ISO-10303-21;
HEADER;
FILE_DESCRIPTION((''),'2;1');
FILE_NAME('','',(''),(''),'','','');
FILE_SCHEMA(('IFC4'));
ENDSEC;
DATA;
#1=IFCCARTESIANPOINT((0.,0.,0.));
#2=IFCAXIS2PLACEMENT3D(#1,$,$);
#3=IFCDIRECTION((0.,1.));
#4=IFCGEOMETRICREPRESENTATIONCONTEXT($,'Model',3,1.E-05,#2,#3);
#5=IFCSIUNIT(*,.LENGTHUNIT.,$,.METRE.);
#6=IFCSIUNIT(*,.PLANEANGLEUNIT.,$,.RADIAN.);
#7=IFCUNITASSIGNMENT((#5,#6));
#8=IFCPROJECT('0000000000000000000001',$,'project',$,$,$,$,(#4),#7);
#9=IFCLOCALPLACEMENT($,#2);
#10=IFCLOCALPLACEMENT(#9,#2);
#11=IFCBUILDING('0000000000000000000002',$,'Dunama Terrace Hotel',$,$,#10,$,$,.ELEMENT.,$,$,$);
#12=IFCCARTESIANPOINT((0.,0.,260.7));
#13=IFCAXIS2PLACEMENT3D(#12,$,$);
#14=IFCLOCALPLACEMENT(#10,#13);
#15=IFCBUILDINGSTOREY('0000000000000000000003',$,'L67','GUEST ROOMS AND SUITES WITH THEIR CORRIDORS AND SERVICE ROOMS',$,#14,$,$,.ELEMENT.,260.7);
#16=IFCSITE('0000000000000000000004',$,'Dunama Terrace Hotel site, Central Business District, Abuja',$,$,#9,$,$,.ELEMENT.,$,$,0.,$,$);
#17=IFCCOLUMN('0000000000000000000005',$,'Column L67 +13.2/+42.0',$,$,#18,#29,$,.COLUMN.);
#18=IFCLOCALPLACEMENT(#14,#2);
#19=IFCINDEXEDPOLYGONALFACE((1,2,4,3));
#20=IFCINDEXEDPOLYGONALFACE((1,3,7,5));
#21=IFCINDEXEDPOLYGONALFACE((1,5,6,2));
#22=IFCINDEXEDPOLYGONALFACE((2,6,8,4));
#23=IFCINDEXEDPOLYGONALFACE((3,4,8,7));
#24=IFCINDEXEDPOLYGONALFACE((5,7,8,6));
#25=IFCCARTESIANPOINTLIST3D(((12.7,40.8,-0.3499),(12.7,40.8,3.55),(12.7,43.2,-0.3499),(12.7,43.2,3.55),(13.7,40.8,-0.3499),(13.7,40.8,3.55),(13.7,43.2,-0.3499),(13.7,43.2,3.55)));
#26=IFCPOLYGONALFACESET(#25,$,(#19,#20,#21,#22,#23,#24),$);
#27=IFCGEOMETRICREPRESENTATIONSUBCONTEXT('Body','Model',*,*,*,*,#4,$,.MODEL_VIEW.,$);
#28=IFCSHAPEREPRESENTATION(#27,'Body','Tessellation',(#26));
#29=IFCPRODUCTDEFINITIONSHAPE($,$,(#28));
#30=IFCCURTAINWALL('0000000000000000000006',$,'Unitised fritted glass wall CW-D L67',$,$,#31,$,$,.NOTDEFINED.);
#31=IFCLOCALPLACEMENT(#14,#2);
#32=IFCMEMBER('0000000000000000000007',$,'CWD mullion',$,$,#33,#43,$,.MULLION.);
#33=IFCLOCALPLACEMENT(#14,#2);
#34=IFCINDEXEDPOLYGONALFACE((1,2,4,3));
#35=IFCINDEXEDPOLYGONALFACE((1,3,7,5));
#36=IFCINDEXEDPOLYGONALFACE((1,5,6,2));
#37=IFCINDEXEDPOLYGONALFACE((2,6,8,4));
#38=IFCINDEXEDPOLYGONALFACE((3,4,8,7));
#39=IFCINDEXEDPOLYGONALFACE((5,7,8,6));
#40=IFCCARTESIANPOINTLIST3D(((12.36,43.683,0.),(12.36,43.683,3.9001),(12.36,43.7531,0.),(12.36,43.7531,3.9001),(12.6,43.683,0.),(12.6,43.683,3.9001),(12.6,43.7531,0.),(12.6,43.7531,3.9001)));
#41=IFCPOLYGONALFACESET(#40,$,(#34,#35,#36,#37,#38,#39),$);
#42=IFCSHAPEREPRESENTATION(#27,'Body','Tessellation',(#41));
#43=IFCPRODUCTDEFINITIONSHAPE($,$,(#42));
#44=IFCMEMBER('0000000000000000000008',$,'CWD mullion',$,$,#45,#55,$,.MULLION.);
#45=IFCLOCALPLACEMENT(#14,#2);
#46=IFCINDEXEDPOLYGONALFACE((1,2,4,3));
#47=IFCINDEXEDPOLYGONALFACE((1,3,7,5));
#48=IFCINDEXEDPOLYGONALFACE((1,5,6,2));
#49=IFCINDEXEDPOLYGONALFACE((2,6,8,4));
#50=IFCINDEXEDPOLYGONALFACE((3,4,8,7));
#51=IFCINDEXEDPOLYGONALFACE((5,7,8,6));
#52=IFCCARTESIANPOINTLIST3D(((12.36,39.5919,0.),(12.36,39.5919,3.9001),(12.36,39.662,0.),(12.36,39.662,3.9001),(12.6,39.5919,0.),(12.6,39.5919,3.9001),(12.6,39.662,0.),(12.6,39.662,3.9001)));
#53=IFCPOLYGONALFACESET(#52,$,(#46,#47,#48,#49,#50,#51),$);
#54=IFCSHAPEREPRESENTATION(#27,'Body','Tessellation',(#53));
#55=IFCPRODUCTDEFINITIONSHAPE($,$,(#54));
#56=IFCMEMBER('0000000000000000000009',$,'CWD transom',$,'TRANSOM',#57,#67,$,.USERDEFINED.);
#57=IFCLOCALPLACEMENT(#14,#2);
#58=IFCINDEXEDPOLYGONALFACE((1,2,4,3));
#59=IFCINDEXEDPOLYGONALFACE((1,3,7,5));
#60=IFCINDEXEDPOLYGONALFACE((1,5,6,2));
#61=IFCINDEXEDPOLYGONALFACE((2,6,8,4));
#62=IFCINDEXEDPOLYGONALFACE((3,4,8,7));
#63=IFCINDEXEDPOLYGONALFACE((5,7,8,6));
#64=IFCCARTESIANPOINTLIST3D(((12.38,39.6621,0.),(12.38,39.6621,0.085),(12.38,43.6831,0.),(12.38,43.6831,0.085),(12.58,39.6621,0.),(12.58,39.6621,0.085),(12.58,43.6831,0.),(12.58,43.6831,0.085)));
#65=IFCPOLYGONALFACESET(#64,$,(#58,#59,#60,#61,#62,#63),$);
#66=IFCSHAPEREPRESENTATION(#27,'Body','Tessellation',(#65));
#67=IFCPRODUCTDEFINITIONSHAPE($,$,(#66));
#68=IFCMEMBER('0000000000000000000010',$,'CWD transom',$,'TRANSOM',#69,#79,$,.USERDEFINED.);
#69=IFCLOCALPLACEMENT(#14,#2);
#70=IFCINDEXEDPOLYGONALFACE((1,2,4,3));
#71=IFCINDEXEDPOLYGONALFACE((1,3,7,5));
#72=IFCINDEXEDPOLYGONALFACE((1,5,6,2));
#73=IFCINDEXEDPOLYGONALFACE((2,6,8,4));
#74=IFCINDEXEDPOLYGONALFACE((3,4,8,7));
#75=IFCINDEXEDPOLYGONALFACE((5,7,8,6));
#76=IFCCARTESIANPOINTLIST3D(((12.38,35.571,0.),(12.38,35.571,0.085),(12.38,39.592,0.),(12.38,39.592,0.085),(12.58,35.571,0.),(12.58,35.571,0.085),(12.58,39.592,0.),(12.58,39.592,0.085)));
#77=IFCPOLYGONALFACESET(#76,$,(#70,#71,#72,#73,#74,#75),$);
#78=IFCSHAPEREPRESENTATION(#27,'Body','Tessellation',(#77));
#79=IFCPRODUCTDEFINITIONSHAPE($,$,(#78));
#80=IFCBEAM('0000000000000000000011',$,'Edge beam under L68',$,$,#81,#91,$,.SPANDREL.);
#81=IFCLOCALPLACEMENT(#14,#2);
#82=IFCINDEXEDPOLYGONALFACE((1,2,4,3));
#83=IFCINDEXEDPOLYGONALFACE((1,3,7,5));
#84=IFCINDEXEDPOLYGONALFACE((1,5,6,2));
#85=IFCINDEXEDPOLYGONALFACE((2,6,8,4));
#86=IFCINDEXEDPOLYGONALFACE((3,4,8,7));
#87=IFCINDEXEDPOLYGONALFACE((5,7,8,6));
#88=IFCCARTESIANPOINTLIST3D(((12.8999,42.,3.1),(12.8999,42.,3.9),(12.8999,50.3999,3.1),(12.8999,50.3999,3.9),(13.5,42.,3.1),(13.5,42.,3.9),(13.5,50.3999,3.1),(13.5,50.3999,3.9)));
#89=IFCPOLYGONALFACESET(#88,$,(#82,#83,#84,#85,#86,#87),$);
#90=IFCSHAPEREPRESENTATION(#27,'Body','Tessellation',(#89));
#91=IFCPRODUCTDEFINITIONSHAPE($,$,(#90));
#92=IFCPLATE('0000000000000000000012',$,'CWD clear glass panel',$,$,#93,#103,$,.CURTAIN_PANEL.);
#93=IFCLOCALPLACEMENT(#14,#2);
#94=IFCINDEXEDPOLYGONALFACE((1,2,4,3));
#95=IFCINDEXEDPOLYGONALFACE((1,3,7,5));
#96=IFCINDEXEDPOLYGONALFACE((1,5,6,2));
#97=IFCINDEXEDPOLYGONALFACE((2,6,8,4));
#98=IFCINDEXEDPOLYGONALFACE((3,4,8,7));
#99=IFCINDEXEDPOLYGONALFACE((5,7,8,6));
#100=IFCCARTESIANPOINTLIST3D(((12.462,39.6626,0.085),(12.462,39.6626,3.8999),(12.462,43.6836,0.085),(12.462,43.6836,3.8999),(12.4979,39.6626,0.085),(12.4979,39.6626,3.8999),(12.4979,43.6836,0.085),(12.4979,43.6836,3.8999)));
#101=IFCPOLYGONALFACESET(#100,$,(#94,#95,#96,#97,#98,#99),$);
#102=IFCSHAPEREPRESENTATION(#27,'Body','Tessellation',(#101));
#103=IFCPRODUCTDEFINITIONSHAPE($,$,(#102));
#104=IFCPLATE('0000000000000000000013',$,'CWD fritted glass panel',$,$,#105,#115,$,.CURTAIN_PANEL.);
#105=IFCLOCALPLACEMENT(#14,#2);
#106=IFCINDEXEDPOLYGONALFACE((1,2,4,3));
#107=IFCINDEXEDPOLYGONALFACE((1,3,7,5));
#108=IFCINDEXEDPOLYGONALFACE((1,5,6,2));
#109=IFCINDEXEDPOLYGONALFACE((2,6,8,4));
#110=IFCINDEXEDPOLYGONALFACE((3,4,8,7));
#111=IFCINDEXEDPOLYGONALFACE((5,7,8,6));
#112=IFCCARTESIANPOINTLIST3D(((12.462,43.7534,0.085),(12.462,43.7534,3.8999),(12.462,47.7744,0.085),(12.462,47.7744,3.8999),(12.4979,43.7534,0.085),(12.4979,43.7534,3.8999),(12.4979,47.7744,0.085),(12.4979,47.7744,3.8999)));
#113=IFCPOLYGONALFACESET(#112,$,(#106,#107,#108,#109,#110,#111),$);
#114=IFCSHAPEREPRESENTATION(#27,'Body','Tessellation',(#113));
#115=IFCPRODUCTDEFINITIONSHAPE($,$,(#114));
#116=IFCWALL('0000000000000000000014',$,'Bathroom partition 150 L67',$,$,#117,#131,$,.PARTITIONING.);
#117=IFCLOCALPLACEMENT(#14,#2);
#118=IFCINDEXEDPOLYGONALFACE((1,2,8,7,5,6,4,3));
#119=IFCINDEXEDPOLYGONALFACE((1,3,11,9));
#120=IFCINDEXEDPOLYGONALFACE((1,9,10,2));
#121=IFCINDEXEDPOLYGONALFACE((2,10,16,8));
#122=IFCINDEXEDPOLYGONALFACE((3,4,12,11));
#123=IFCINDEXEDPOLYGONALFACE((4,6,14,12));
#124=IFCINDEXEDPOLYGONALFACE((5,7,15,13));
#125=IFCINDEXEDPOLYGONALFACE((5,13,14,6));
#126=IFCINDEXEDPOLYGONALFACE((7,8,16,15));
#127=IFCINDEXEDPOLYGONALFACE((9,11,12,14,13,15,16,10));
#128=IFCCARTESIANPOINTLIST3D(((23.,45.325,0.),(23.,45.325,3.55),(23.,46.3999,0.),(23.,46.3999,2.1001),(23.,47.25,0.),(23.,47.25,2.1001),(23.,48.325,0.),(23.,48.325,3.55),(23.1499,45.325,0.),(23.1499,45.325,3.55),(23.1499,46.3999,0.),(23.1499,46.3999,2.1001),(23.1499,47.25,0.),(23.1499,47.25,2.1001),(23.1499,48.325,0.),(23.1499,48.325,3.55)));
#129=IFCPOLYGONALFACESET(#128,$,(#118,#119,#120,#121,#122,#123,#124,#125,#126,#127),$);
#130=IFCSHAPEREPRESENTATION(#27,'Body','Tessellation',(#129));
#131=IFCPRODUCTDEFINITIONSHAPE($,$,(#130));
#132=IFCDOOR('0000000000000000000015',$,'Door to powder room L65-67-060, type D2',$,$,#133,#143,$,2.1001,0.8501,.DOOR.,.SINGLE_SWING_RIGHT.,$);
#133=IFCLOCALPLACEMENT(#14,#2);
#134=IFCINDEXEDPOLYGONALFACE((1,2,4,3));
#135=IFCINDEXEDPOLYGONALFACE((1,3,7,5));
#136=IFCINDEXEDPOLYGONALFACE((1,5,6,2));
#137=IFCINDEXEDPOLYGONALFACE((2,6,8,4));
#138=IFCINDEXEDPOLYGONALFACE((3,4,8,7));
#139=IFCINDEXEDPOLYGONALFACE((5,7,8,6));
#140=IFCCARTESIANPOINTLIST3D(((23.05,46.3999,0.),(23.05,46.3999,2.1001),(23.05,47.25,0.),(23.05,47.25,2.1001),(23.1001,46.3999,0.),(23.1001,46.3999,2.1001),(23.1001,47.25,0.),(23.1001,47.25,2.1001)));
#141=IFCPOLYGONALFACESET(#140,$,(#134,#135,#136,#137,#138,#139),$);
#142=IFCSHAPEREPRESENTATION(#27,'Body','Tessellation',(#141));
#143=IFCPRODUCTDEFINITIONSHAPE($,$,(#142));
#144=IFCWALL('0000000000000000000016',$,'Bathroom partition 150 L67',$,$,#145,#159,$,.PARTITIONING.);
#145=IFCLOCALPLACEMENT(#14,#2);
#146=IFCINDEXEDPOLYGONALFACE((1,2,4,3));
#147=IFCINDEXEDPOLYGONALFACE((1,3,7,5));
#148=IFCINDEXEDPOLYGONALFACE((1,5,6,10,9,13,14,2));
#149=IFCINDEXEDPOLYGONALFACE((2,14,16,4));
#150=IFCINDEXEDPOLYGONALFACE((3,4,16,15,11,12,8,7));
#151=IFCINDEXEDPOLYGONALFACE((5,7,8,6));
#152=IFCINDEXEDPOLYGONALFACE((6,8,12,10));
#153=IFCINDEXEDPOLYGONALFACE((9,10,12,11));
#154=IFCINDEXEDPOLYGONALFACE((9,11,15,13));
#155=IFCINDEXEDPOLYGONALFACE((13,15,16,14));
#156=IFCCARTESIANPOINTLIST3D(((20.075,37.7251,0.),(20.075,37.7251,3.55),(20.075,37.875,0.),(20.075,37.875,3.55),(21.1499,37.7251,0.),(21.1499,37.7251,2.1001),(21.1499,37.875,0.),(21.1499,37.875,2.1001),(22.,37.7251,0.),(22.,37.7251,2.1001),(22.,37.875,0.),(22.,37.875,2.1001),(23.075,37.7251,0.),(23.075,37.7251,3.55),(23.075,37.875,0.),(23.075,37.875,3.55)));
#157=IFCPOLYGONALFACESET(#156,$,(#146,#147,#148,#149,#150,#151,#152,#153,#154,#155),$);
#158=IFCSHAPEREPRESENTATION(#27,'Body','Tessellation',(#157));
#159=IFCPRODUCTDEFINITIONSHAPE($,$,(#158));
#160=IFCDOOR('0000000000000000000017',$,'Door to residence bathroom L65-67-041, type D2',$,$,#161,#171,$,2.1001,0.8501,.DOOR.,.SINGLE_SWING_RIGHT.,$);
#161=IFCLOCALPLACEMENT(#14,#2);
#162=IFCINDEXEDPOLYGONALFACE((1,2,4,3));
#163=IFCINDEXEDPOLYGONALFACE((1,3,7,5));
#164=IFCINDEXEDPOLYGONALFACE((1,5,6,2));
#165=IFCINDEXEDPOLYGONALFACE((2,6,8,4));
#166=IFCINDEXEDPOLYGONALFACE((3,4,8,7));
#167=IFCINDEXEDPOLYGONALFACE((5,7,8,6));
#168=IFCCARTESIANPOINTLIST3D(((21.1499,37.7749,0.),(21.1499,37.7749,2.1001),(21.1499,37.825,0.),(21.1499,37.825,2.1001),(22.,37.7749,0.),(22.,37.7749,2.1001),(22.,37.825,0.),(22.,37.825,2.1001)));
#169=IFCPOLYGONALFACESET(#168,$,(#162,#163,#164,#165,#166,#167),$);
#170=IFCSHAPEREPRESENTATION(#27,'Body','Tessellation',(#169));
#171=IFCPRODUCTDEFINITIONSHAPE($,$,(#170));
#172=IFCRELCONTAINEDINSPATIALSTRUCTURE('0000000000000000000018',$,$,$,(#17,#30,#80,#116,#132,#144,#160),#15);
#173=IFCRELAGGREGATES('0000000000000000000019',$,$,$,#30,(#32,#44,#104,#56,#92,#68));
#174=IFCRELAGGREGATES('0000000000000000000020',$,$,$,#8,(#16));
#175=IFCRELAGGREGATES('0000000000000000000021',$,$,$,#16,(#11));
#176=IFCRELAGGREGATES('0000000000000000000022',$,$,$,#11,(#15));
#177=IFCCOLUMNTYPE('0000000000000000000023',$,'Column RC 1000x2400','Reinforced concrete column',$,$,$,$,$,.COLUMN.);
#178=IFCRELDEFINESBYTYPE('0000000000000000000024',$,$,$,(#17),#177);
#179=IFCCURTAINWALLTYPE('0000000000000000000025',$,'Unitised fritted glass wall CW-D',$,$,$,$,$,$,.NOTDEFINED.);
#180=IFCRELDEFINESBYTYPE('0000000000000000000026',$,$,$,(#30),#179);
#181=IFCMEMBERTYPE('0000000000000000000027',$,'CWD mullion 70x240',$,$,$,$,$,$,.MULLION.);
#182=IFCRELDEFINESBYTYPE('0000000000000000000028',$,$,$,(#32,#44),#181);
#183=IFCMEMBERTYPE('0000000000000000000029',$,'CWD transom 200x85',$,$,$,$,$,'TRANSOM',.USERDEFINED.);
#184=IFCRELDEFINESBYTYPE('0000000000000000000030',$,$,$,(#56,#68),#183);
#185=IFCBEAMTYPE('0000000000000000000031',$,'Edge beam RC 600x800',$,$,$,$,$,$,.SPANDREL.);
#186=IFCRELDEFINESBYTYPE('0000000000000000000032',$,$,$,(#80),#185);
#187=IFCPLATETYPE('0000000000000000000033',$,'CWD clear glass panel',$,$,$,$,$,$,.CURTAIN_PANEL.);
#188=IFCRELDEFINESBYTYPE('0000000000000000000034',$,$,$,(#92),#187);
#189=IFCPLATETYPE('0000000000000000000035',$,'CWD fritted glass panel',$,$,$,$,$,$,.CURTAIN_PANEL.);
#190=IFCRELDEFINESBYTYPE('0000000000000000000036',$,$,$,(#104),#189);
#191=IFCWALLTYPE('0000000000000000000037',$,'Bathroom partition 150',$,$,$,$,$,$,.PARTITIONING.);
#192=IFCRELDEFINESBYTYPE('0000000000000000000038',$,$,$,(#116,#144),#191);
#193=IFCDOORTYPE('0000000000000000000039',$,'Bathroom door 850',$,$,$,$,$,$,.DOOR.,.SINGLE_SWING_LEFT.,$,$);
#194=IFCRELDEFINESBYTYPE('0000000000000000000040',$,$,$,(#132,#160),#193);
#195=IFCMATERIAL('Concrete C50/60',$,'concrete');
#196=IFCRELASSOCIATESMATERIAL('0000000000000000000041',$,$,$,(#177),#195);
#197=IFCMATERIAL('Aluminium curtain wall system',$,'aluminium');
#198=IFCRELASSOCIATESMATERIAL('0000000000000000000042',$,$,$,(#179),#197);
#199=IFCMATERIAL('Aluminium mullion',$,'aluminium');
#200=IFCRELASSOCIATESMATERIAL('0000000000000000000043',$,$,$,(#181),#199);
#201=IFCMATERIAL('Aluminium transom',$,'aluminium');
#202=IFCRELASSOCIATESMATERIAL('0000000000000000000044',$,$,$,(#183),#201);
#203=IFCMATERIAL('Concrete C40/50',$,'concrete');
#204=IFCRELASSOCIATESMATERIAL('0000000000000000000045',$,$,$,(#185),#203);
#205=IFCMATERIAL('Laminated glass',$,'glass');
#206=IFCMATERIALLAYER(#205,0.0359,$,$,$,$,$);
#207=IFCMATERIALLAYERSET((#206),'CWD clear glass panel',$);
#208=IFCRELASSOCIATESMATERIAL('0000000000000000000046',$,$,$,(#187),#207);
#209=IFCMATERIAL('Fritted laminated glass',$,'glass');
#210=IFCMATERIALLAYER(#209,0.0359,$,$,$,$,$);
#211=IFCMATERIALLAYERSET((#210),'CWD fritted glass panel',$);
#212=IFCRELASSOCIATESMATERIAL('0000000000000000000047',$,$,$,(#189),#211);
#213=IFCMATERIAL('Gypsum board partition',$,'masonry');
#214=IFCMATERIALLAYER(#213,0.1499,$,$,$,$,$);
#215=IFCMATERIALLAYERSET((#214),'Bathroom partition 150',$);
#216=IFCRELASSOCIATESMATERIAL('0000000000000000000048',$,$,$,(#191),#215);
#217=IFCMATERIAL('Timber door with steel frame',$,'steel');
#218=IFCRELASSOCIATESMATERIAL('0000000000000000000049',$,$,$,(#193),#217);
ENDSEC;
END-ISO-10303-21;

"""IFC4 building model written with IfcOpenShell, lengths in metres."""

from ifc_helpers import new_model, si_unit, direction, frame, frame_2d, origin, origin_2d, place, context, subcontext, project, spatial, rectangle, extrude, material, layer, layer_set, material_profile, profile_set, type_object, element, fill, aggregate, save


model = new_model("IFC4")

# Units and contexts
model_context = context("Model", 3, precision=1e-05, world=origin(), true_north=direction((0.0, 1.0)))
body_context = subcontext(model_context, "Body", "Model", "MODEL_VIEW")
ifc_project = project(units=[si_unit("LENGTHUNIT", "METRE"), si_unit("PLANEANGLEUNIT", "RADIAN")], contexts=[model_context])

# Site, building, storey
site_placement = place(None, origin())
site = spatial("IfcSite", under=ifc_project, at=site_placement, Name="Dunama Terrace Hotel site, Central Business District, Abuja", CompositionType="ELEMENT", RefElevation=0.0)
building_placement = place(site_placement, origin())
building = spatial("IfcBuilding", under=site, at=building_placement, Name="Dunama Terrace Hotel", CompositionType="ELEMENT")
storey_placement = place(building_placement, frame((0.0, 0.0, 260.7)))
storey = spatial("IfcBuildingStorey", under=building, at=storey_placement, Name="L67", Description="GUEST ROOMS AND SUITES WITH THEIR CORRIDORS AND SERVICE ROOMS", CompositionType="ELEMENT", Elevation=260.7)

# Column
ifc_material_1 = material(Name="Concrete C50/60", Category="concrete")
ifc_material_profile_1 = material_profile(ifc_material_1, rectangle(XDim=1.0, YDim=2.3999, at=origin_2d()), Name="RC 1000x2400")
ifc_profile_set_1 = profile_set([ifc_material_profile_1], Name="Concrete C50/60")
column_type = type_object("IfcColumnType", Name="Column RC 1000x2400", Description="Reinforced concrete column", PredefinedType="COLUMN", material=ifc_profile_set_1)
column_placement = place(storey_placement, frame((13.2, 42.0, -0.3499), z_axis=(0.0, 0.0, 1.0), x_axis=(1.0, 0.0, 0.0)))
element("IfcColumn", 1, at=column_placement, inside=storey, type_object=column_type, Name="Column L67 +13.2/+42.0", PredefinedType="COLUMN", context=body_context, shape_type="SweptSolid", body=[
    extrude(rectangle(XDim=1.0, YDim=2.3999, at=origin_2d()), origin(), (0.0, 0.0, 1.0), 3.8999),
])

# Curtain wall, members
ifc_material_2 = material(Name="Aluminium curtain wall system", Category="aluminium")
curtain_wall_type = type_object("IfcCurtainWallType", Name="Unitised fritted glass wall CW-D", PredefinedType="NOTDEFINED", material=ifc_material_2)
curtain_wall_placement = place(storey_placement, origin())
curtain_wall = element("IfcCurtainWall", 2, at=curtain_wall_placement, inside=storey, type_object=curtain_wall_type, Name="Unitised fritted glass wall CW-D L67", PredefinedType="NOTDEFINED")
ifc_material_3 = material(Name="Aluminium mullion", Category="aluminium")
ifc_material_profile_2 = material_profile(ifc_material_3, rectangle(XDim=0.0701, YDim=0.24, at=origin_2d()), Name="CWD MULLION 70X240")
ifc_profile_set_2 = profile_set([ifc_material_profile_2], Name="Aluminium mullion")
member_type_1 = type_object("IfcMemberType", Name="CWD mullion 70x240", PredefinedType="MULLION", material=ifc_profile_set_2)
member_1_placement = place(storey_placement, frame((12.48, 43.718, 0.0), z_axis=(0.0, 0.0, 1.0), x_axis=(0.0, -1.0, 0.0)))
member_1 = element("IfcMember", 3, at=member_1_placement, type_object=member_type_1, Name="CWD mullion", PredefinedType="MULLION", context=body_context, shape_type="SweptSolid", body=[
    extrude(rectangle(XDim=0.0701, YDim=0.24, at=origin_2d()), origin(), (0.0, 0.0, 1.0), 3.9001),
])
member_2_placement = place(storey_placement, frame((12.48, 39.627, 0.0), z_axis=(0.0, 0.0, 1.0), x_axis=(0.0, -1.0, 0.0)))
member_2 = element("IfcMember", 4, at=member_2_placement, type_object=member_type_1, Name="CWD mullion", PredefinedType="MULLION", context=body_context, shape_type="SweptSolid", body=[
    extrude(rectangle(XDim=0.0701, YDim=0.24, at=origin_2d()), origin(), (0.0, 0.0, 1.0), 3.9001),
])
ifc_material_4 = material(Name="Aluminium transom", Category="aluminium")
ifc_material_profile_3 = material_profile(ifc_material_4, rectangle(XDim=0.2, YDim=0.085, at=origin_2d()), Name="CWD TRANSOM 200X85")
ifc_profile_set_3 = profile_set([ifc_material_profile_3], Name="Aluminium transom")
member_type_2 = type_object("IfcMemberType", Name="CWD transom 200x85", ElementType="TRANSOM", PredefinedType="USERDEFINED", material=ifc_profile_set_3)
member_3_placement = place(storey_placement, frame((12.48, 43.6831, 0.0425), z_axis=(0.0, -1.0, 0.0), x_axis=(1.0, 0.0, 0.0)))
member_3 = element("IfcMember", 5, at=member_3_placement, type_object=member_type_2, Name="CWD transom", ObjectType="TRANSOM", PredefinedType="USERDEFINED", context=body_context, shape_type="SweptSolid", body=[
    extrude(rectangle(XDim=0.2, YDim=0.085, at=origin_2d()), origin(), (0.0, 0.0, 1.0), 4.021),
])
member_4_placement = place(storey_placement, frame((12.48, 39.592, 0.0425), z_axis=(0.0, -1.0, 0.0), x_axis=(1.0, 0.0, 0.0)))
member_4 = element("IfcMember", 6, at=member_4_placement, type_object=member_type_2, Name="CWD transom", ObjectType="TRANSOM", PredefinedType="USERDEFINED", context=body_context, shape_type="SweptSolid", body=[
    extrude(rectangle(XDim=0.2, YDim=0.085, at=origin_2d()), origin(), (0.0, 0.0, 1.0), 4.021),
])

# Beam
ifc_material_5 = material(Name="Concrete C40/50", Category="concrete")
ifc_material_profile_4 = material_profile(ifc_material_5, rectangle(XDim=0.6001, YDim=0.8, at=origin_2d()), Name="RC 600x800")
ifc_profile_set_4 = profile_set([ifc_material_profile_4], Name="Concrete C40/50")
beam_type = type_object("IfcBeamType", Name="Edge beam RC 600x800", PredefinedType="SPANDREL", material=ifc_profile_set_4)
beam_placement = place(storey_placement, frame((13.2, 42.0, 3.5), z_axis=(0.0, 1.0, 0.0), x_axis=(-1.0, 0.0, 0.0)))
element("IfcBeam", 7, at=beam_placement, inside=storey, type_object=beam_type, Name="Edge beam under L68", PredefinedType="SPANDREL", context=body_context, shape_type="SweptSolid", body=[
    extrude(rectangle(XDim=0.6001, YDim=0.8, at=origin_2d()), origin(), (0.0, 0.0, 1.0), 8.3999),
])

# Plates
ifc_material_6 = material(Name="Laminated glass", Category="glass")
ifc_layer_1 = layer(ifc_material_6, 0.0359)
ifc_layer_set_1 = layer_set([ifc_layer_1], Name="CWD clear glass panel")
plate_type_1 = type_object("IfcPlateType", Name="CWD clear glass panel", PredefinedType="CURTAIN_PANEL", material=ifc_layer_set_1)
plate_1_placement = place(storey_placement, frame((12.48, 41.6731, 0.085), z_axis=(0.0, 0.0, 1.0), x_axis=(0.0, -1.0, 0.0)))
plate_1 = element("IfcPlate", 8, at=plate_1_placement, type_object=plate_type_1, Name="CWD clear glass panel", PredefinedType="CURTAIN_PANEL", context=body_context, shape_type="SweptSolid", body=[
    extrude(rectangle(XDim=4.021, YDim=0.0359, at=origin_2d()), origin(), (0.0, 0.0, 1.0), 3.8149),
])
ifc_material_7 = material(Name="Fritted laminated glass", Category="glass")
ifc_layer_2 = layer(ifc_material_7, 0.0359)
ifc_layer_set_2 = layer_set([ifc_layer_2], Name="CWD fritted glass panel")
plate_type_2 = type_object("IfcPlateType", Name="CWD fritted glass panel", PredefinedType="CURTAIN_PANEL", material=ifc_layer_set_2)
plate_2_placement = place(storey_placement, frame((12.48, 45.7639, 0.085), z_axis=(0.0, 0.0, 1.0), x_axis=(0.0, -1.0, 0.0)))
plate_2 = element("IfcPlate", 9, at=plate_2_placement, type_object=plate_type_2, Name="CWD fritted glass panel", PredefinedType="CURTAIN_PANEL", context=body_context, shape_type="SweptSolid", body=[
    extrude(rectangle(XDim=4.021, YDim=0.0359, at=origin_2d()), origin(), (0.0, 0.0, 1.0), 3.8149),
])
aggregate(curtain_wall, [member_1, member_2, plate_2, member_3, plate_1, member_4])

# Walls, openings, doors
ifc_material_8 = material(Name="Gypsum board partition", Category="masonry")
ifc_layer_3 = layer(ifc_material_8, 0.1499)
ifc_layer_set_3 = layer_set([ifc_layer_3], Name="Bathroom partition 150")
wall_type_1 = type_object("IfcWallType", Name="Bathroom partition 150", PredefinedType="PARTITIONING", material=ifc_layer_set_3)
wall_1_placement = place(storey_placement, frame((23.075, 45.325, 0.0), z_axis=(0.0, 0.0, 1.0), x_axis=(0.0, 1.0, 0.0)))
wall_1 = element("IfcWall", 10, at=wall_1_placement, inside=storey, type_object=wall_type_1, Name="Bathroom partition 150 L67", PredefinedType="PARTITIONING", context=body_context, shape_type="SweptSolid", body=[
    extrude(rectangle(XDim=3.0, YDim=0.1499, at=frame_2d((1.5, 0.0))), origin(), (0.0, 0.0, 1.0), 3.55),
])
opening_1_placement = place(wall_1_placement, frame((1.075, 0.0, 0.0)))
opening_1 = element("IfcOpeningElement", 11, at=opening_1_placement, cuts=wall_1, PredefinedType="OPENING", context=body_context, shape_type="SweptSolid", body=[
    extrude(rectangle(XDim=0.8501, YDim=2.1001, at=frame_2d((0.425, 1.05))), frame((0.0, 0.085, 0.0), z_axis=(0.0, -1.0, 0.0), x_axis=(1.0, 0.0, 0.0)), (0.0, 0.0, 1.0), 0.1699),
])
ifc_material_9 = material(Name="Timber door with steel frame", Category="steel")
door_type_1 = type_object("IfcDoorType", Name="Bathroom door 850", OperationType="SINGLE_SWING_LEFT", PredefinedType="DOOR", material=ifc_material_9)
door_1_placement = place(opening_1_placement, frame((0.8501, 0.0, 0.0), z_axis=(0.0, 0.0, 1.0), x_axis=(-1.0, 0.0, 0.0)))
door_1 = element("IfcDoor", 12, at=door_1_placement, inside=storey, type_object=door_type_1, Name="Door to powder room L65-67-060, type D2", OperationType="SINGLE_SWING_RIGHT", OverallHeight=2.1001, OverallWidth=0.8501, PredefinedType="DOOR", context=body_context, shape_type="SweptSolid", body=[
    extrude(rectangle(XDim=0.8501, YDim=2.1001, at=frame_2d((0.425, 1.05))), frame((0.0, 0.0251, 0.0), z_axis=(0.0, -1.0, 0.0), x_axis=(1.0, 0.0, 0.0)), (0.0, 0.0, 1.0), 0.05),
])
fill(opening_1, door_1)
wall_2_placement = place(storey_placement, frame((20.075, 37.8, 0.0), z_axis=(0.0, 0.0, 1.0), x_axis=(1.0, 0.0, 0.0)))
wall_2 = element("IfcWall", 13, at=wall_2_placement, inside=storey, type_object=wall_type_1, Name="Bathroom partition 150 L67", PredefinedType="PARTITIONING", context=body_context, shape_type="SweptSolid", body=[
    extrude(rectangle(XDim=3.0, YDim=0.1499, at=frame_2d((1.5, 0.0))), origin(), (0.0, 0.0, 1.0), 3.55),
])
opening_2_placement = place(wall_2_placement, frame((1.075, 0.0, 0.0)))
opening_2 = element("IfcOpeningElement", 14, at=opening_2_placement, cuts=wall_2, PredefinedType="OPENING", context=body_context, shape_type="SweptSolid", body=[
    extrude(rectangle(XDim=0.8501, YDim=2.1001, at=frame_2d((0.425, 1.05))), frame((0.0, 0.085, 0.0), z_axis=(0.0, -1.0, 0.0), x_axis=(1.0, 0.0, 0.0)), (0.0, 0.0, 1.0), 0.1699),
])
door_2_placement = place(opening_2_placement, origin())
door_2 = element("IfcDoor", 15, at=door_2_placement, inside=storey, type_object=door_type_1, Name="Door to residence bathroom L65-67-041, type D2", OperationType="SINGLE_SWING_RIGHT", OverallHeight=2.1001, OverallWidth=0.8501, PredefinedType="DOOR", context=body_context, shape_type="SweptSolid", body=[
    extrude(rectangle(XDim=0.8501, YDim=2.1001, at=frame_2d((0.425, 1.05))), frame((0.0, 0.0249, 0.0), z_axis=(0.0, -1.0, 0.0), x_axis=(1.0, 0.0, 0.0)), (0.0, 0.0, 1.0), 0.05),
])
fill(opening_2, door_2)

save(model, "model.ifc")
